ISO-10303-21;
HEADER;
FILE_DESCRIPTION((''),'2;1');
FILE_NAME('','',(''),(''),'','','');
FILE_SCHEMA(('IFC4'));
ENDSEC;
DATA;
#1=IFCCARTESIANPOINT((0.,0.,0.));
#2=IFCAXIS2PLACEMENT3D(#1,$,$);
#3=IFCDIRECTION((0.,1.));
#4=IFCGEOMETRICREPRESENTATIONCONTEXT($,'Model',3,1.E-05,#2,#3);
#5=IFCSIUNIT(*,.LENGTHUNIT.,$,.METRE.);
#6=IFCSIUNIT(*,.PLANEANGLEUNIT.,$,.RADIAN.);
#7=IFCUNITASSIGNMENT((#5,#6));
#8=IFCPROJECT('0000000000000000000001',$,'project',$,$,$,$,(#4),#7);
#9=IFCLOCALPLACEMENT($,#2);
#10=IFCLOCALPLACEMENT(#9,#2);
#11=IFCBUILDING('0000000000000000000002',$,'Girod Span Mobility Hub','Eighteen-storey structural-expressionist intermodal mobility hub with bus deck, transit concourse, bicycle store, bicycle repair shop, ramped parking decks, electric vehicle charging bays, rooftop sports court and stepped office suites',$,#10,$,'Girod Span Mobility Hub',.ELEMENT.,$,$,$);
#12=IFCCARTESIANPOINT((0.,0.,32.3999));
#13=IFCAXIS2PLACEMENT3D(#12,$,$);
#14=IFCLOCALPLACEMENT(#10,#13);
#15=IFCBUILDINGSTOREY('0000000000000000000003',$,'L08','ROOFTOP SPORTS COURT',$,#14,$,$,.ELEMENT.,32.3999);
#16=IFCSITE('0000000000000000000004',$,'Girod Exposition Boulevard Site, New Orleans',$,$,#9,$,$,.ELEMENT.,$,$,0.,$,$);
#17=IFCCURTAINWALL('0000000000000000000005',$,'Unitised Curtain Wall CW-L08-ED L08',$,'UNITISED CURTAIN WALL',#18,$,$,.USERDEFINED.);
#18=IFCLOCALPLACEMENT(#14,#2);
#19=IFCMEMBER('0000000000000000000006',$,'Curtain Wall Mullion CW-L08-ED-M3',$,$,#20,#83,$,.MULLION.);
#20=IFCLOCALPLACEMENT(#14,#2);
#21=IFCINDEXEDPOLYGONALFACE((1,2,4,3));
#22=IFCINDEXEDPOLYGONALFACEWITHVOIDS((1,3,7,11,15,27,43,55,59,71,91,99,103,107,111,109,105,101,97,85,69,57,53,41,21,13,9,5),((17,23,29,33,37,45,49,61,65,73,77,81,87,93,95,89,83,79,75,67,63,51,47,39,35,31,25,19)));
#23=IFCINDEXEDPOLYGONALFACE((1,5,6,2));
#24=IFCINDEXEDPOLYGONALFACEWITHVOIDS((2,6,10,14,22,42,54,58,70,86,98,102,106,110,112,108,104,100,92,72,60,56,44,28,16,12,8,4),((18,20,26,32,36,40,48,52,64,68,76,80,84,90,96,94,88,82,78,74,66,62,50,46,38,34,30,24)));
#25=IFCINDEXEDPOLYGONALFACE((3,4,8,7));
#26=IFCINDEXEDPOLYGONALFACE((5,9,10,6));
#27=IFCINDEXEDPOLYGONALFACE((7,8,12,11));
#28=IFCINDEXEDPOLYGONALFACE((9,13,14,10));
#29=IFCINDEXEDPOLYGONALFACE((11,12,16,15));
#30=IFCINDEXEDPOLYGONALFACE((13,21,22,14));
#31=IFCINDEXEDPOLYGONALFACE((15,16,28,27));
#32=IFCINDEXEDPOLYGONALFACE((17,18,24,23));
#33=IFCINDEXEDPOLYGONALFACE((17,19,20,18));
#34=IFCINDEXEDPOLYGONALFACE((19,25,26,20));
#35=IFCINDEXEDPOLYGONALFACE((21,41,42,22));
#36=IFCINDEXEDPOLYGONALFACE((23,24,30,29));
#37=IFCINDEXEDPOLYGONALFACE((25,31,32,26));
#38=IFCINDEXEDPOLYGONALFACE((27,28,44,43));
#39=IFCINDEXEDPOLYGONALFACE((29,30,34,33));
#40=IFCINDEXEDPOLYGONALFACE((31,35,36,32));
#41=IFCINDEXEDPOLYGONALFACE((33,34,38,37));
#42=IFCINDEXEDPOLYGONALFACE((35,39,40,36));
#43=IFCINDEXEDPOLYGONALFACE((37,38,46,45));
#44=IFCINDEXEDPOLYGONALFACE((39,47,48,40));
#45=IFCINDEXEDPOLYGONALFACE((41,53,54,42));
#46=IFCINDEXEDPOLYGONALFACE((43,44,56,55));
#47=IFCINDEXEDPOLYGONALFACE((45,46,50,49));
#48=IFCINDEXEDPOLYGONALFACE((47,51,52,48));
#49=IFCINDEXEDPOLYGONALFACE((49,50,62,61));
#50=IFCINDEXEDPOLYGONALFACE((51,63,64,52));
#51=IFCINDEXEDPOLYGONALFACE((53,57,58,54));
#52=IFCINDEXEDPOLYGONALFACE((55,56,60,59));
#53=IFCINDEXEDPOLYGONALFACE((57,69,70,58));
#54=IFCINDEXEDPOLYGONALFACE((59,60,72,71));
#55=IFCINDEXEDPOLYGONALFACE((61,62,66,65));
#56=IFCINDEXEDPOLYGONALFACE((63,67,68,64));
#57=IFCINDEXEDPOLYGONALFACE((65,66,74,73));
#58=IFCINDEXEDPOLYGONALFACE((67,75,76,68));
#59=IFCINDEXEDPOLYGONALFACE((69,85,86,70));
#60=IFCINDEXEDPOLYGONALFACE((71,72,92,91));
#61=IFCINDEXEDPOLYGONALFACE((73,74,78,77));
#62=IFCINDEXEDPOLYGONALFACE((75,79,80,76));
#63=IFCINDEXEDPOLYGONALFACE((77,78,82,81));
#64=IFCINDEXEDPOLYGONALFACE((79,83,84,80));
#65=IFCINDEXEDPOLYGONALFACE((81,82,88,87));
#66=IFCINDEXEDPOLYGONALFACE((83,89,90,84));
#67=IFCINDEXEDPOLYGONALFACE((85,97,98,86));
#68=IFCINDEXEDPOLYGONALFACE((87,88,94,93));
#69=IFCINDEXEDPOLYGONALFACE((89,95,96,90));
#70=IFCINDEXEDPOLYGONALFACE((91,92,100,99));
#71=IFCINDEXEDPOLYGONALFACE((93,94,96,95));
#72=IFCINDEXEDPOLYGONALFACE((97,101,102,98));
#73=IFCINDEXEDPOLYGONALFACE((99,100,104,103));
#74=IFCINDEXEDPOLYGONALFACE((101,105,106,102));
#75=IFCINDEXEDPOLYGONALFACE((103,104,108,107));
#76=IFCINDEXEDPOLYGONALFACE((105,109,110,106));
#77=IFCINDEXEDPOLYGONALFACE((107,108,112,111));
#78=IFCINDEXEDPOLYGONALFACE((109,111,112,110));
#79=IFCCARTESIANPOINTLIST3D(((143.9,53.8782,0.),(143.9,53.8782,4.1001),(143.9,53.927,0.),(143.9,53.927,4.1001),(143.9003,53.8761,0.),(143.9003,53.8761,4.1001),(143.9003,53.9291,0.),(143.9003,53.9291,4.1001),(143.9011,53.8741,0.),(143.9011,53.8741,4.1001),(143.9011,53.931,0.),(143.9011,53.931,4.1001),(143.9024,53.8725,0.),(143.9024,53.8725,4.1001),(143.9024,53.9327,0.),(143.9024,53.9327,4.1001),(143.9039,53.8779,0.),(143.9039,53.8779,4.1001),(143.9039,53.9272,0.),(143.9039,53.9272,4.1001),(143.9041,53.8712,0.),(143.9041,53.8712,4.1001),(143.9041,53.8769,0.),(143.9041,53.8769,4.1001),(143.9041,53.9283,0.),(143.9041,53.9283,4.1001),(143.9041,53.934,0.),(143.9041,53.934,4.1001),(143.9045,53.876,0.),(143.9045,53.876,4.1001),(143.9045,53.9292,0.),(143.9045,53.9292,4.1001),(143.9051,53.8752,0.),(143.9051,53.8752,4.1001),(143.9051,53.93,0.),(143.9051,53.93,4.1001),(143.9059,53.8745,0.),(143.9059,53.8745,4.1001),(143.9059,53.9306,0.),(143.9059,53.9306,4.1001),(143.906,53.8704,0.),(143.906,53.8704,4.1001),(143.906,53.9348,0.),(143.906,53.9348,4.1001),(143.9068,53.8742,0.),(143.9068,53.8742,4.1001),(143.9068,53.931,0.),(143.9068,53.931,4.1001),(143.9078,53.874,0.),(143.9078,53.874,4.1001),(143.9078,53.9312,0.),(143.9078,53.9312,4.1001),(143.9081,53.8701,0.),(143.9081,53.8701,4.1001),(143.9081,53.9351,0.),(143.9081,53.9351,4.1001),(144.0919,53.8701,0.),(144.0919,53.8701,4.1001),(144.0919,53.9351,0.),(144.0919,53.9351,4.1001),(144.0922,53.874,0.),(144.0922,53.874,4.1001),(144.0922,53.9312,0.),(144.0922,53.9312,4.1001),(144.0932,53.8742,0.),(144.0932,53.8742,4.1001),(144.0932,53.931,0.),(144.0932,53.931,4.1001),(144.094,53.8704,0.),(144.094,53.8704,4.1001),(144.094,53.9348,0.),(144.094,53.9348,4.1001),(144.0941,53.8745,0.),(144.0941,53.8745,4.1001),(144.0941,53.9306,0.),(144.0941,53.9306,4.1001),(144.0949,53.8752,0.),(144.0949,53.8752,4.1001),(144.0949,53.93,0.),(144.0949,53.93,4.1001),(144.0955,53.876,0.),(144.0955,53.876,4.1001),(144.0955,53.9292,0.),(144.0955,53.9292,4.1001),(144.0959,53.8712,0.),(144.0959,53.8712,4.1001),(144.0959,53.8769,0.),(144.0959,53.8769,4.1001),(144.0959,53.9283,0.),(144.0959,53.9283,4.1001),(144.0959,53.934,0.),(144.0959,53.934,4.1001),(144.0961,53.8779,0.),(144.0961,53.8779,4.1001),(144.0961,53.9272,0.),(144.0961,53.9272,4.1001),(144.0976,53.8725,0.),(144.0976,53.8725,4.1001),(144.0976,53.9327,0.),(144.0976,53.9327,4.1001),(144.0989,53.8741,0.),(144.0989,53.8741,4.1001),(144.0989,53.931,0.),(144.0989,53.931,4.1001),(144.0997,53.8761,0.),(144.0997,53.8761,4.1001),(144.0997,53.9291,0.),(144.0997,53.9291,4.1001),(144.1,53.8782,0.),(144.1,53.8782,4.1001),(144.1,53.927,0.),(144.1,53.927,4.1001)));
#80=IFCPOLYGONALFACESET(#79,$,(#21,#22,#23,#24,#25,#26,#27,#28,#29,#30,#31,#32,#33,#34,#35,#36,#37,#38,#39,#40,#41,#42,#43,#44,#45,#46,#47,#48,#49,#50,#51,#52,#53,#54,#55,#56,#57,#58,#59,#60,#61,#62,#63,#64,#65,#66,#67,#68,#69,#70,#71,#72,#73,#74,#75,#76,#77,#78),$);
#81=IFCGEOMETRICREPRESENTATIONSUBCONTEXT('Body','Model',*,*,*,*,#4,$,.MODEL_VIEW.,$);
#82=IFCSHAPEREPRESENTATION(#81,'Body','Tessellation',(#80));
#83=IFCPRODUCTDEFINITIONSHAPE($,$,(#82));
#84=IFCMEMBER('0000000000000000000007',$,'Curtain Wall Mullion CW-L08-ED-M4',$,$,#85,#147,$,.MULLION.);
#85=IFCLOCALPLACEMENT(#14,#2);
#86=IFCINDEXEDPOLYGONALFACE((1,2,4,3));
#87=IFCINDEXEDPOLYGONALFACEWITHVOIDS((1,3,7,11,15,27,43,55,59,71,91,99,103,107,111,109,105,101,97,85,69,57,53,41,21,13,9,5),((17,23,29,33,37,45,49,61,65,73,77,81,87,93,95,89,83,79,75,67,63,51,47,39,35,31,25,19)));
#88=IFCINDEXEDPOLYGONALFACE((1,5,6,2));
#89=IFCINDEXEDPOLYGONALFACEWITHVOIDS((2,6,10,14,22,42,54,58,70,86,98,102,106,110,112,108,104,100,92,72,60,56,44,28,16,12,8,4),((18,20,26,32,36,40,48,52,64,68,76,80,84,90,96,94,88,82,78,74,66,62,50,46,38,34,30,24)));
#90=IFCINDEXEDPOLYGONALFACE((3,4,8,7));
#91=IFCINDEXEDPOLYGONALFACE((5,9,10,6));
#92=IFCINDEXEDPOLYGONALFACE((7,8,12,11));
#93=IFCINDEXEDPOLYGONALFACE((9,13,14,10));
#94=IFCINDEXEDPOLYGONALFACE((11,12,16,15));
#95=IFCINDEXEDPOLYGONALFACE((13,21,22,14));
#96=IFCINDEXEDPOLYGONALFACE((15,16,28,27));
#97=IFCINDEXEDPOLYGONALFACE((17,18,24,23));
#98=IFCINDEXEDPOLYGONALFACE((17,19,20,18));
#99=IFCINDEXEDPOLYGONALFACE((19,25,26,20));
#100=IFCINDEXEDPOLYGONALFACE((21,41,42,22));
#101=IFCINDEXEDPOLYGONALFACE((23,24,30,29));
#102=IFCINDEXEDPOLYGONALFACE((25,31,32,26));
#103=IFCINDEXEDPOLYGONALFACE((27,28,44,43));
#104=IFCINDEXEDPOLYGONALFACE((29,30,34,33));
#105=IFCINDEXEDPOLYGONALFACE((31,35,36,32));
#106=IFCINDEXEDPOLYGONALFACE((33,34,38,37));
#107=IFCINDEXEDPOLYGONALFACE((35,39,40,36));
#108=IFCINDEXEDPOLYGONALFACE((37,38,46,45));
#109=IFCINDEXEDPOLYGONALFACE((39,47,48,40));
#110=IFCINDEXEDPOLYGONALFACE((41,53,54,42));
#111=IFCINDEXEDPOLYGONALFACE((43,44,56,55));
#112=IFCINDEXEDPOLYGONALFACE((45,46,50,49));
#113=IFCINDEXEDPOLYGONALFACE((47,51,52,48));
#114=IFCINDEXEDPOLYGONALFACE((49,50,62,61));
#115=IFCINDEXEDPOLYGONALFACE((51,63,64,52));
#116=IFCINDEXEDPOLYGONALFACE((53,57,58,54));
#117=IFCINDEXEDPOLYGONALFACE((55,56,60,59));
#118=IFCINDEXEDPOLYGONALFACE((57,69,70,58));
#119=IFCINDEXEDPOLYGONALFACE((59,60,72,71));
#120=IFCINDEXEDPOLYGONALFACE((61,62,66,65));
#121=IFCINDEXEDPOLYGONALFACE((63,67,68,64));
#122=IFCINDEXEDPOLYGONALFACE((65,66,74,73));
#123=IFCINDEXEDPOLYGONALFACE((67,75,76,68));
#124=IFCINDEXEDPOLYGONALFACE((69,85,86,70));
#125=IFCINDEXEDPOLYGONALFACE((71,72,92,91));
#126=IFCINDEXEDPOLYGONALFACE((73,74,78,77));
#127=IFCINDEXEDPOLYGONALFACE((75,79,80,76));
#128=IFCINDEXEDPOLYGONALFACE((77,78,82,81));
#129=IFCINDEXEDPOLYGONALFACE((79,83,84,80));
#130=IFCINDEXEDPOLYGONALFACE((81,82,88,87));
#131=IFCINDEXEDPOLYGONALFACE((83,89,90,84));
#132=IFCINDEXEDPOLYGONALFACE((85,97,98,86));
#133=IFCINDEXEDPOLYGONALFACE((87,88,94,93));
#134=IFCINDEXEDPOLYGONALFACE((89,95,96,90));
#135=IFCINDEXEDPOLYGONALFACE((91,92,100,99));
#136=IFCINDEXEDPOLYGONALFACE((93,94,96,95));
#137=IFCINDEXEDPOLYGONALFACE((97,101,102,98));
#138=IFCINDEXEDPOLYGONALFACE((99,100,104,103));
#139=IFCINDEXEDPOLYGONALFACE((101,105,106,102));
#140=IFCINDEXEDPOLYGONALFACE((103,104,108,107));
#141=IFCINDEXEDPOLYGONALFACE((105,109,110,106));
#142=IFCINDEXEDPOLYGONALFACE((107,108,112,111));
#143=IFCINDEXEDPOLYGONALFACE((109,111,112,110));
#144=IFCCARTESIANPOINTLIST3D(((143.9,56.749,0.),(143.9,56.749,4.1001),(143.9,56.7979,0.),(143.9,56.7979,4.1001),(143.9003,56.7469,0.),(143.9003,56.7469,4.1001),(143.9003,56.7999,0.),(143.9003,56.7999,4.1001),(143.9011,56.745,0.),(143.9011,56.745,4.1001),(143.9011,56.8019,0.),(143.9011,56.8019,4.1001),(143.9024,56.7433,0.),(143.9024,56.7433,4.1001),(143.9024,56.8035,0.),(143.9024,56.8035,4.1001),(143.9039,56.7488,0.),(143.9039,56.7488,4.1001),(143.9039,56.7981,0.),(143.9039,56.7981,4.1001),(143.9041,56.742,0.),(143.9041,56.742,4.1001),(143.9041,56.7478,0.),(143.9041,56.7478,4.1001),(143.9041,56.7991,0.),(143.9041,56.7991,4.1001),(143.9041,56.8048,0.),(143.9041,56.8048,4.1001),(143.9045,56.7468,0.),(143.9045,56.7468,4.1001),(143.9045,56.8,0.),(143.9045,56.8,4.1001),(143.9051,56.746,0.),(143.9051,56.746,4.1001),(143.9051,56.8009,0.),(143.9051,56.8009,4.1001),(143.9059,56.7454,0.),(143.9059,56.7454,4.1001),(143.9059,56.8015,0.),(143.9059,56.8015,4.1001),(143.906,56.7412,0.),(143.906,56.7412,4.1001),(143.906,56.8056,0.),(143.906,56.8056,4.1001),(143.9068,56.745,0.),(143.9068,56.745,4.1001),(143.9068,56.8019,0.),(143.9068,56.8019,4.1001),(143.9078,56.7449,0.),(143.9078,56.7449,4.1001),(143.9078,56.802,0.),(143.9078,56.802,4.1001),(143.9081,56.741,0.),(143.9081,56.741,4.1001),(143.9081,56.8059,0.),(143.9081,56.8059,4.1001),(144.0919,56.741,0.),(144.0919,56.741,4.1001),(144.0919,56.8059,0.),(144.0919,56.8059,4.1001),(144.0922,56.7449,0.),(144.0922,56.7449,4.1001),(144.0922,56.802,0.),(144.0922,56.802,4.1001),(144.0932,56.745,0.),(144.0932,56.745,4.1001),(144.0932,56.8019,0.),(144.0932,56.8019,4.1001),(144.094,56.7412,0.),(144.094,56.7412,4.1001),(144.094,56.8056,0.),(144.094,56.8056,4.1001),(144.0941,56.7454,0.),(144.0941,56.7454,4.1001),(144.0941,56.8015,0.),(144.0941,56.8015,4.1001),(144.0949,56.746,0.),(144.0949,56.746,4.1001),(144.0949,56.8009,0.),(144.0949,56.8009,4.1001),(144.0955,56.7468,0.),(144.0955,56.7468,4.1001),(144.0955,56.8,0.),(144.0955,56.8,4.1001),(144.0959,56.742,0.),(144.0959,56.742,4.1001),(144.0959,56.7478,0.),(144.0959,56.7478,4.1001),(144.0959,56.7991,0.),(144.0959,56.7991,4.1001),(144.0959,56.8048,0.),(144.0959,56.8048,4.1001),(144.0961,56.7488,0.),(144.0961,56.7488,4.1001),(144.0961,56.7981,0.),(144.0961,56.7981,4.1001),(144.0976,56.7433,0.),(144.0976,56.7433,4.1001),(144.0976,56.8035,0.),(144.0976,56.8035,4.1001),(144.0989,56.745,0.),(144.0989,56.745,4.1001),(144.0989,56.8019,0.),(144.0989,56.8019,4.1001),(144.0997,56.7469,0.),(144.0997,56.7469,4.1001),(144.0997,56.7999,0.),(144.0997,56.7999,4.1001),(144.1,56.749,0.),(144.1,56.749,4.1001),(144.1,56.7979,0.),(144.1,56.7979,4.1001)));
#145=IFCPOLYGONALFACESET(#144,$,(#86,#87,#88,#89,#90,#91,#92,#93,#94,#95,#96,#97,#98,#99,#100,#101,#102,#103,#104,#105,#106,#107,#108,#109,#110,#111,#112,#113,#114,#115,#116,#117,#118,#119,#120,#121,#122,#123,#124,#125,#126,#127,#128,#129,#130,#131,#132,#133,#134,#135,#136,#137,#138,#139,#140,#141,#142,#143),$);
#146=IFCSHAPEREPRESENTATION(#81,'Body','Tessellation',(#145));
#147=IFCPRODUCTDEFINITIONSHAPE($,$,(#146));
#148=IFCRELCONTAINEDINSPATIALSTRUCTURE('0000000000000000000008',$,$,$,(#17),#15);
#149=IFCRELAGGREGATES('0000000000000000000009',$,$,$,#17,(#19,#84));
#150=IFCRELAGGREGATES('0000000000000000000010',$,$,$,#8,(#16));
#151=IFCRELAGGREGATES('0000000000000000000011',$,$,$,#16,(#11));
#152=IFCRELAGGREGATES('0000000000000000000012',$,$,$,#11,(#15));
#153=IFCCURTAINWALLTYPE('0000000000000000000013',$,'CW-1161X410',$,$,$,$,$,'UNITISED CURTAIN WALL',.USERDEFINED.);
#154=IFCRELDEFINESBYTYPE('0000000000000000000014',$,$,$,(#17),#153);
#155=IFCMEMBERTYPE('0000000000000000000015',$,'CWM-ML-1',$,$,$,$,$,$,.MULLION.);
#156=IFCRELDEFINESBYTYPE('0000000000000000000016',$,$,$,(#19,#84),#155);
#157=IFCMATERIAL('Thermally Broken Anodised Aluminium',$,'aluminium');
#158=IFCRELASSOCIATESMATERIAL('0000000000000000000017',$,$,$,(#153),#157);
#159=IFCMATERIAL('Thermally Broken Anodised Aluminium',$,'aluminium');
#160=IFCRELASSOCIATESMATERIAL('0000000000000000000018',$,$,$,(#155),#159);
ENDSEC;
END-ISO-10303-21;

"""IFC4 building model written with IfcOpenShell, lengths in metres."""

from ifc_helpers import new_model, si_unit, direction, frame, origin, origin_2d, place, context, subcontext, project, spatial, hollow_rectangle, extrude, material, material_profile, profile_set, type_object, element, aggregate, save


model = new_model("IFC4")

# Units and contexts
model_context = context("Model", 3, precision=1e-05, world=origin(), true_north=direction((0.0, 1.0)))
body_context = subcontext(model_context, "Body", "Model", "MODEL_VIEW")
ifc_project = project(units=[si_unit("LENGTHUNIT", "METRE"), si_unit("PLANEANGLEUNIT", "RADIAN")], contexts=[model_context])

# Site, building, storey
site_placement = place(None, origin())
site = spatial("IfcSite", under=ifc_project, at=site_placement, Name="Girod Exposition Boulevard Site, New Orleans", CompositionType="ELEMENT", RefElevation=0.0)
building_placement = place(site_placement, origin())
building = spatial("IfcBuilding", under=site, at=building_placement, Name="Girod Span Mobility Hub", Description="Eighteen-storey structural-expressionist intermodal mobility hub with bus deck, transit concourse, bicycle store, bicycle repair shop, ramped parking decks, electric vehicle charging bays, rooftop sports court and stepped office suites", LongName="Girod Span Mobility Hub", CompositionType="ELEMENT")
storey_placement = place(building_placement, frame((0.0, 0.0, 32.3999)))
storey = spatial("IfcBuildingStorey", under=building, at=storey_placement, Name="L08", Description="ROOFTOP SPORTS COURT", CompositionType="ELEMENT", Elevation=32.3999)

# Curtain wall, members
ifc_material_1 = material(Name="Thermally Broken Anodised Aluminium", Category="aluminium")
curtain_wall_type = type_object("IfcCurtainWallType", Name="CW-1161X410", ElementType="UNITISED CURTAIN WALL", PredefinedType="USERDEFINED", material=ifc_material_1)
curtain_wall_1_placement = place(storey_placement, origin())
curtain_wall_1 = element("IfcCurtainWall", 1, at=curtain_wall_1_placement, inside=storey, type_object=curtain_wall_type, Name="Unitised Curtain Wall CW-L08-ED L08", ObjectType="UNITISED CURTAIN WALL", PredefinedType="USERDEFINED")
ifc_material_2 = material(Name="Thermally Broken Anodised Aluminium", Category="aluminium")
ifc_material_profile_1 = material_profile(ifc_material_2, hollow_rectangle(XDim=0.2, YDim=0.0649, WallThickness=0.0039, InnerFilletRadius=0.0039, OuterFilletRadius=0.0081, at=origin_2d()), Name="CW-ML-65X200")
ifc_profile_set_1 = profile_set([ifc_material_profile_1], Name="Thermally Broken Anodised Aluminium")
member_type_1 = type_object("IfcMemberType", Name="CWM-ML-1", PredefinedType="MULLION", material=ifc_profile_set_1)
member_1_placement = place(storey_placement, frame((144.0, 53.9026, 0.0), z_axis=(0.0, 0.0, 1.0), x_axis=(1.0, 0.0, 0.0)))
member_1 = element("IfcMember", 2, at=member_1_placement, type_object=member_type_1, Name="Curtain Wall Mullion CW-L08-ED-M3", PredefinedType="MULLION", context=body_context, shape_type="SweptSolid", body=[
    extrude(hollow_rectangle(XDim=0.2, YDim=0.0649, WallThickness=0.0039, InnerFilletRadius=0.0039, OuterFilletRadius=0.0081, at=origin_2d()), origin(), (0.0, 0.0, 1.0), 4.1001),
])
member_2_placement = place(storey_placement, frame((144.0, 56.7734, 0.0), z_axis=(0.0, 0.0, 1.0), x_axis=(1.0, 0.0, 0.0)))
member_2 = element("IfcMember", 3, at=member_2_placement, type_object=member_type_1, Name="Curtain Wall Mullion CW-L08-ED-M4", PredefinedType="MULLION", context=body_context, shape_type="SweptSolid", body=[
    extrude(hollow_rectangle(XDim=0.2, YDim=0.0649, WallThickness=0.0039, InnerFilletRadius=0.0039, OuterFilletRadius=0.0081, at=origin_2d()), origin(), (0.0, 0.0, 1.0), 4.1001),
])

aggregate(curtain_wall_1, [member_1, member_2])

save(model, "model.ifc")
